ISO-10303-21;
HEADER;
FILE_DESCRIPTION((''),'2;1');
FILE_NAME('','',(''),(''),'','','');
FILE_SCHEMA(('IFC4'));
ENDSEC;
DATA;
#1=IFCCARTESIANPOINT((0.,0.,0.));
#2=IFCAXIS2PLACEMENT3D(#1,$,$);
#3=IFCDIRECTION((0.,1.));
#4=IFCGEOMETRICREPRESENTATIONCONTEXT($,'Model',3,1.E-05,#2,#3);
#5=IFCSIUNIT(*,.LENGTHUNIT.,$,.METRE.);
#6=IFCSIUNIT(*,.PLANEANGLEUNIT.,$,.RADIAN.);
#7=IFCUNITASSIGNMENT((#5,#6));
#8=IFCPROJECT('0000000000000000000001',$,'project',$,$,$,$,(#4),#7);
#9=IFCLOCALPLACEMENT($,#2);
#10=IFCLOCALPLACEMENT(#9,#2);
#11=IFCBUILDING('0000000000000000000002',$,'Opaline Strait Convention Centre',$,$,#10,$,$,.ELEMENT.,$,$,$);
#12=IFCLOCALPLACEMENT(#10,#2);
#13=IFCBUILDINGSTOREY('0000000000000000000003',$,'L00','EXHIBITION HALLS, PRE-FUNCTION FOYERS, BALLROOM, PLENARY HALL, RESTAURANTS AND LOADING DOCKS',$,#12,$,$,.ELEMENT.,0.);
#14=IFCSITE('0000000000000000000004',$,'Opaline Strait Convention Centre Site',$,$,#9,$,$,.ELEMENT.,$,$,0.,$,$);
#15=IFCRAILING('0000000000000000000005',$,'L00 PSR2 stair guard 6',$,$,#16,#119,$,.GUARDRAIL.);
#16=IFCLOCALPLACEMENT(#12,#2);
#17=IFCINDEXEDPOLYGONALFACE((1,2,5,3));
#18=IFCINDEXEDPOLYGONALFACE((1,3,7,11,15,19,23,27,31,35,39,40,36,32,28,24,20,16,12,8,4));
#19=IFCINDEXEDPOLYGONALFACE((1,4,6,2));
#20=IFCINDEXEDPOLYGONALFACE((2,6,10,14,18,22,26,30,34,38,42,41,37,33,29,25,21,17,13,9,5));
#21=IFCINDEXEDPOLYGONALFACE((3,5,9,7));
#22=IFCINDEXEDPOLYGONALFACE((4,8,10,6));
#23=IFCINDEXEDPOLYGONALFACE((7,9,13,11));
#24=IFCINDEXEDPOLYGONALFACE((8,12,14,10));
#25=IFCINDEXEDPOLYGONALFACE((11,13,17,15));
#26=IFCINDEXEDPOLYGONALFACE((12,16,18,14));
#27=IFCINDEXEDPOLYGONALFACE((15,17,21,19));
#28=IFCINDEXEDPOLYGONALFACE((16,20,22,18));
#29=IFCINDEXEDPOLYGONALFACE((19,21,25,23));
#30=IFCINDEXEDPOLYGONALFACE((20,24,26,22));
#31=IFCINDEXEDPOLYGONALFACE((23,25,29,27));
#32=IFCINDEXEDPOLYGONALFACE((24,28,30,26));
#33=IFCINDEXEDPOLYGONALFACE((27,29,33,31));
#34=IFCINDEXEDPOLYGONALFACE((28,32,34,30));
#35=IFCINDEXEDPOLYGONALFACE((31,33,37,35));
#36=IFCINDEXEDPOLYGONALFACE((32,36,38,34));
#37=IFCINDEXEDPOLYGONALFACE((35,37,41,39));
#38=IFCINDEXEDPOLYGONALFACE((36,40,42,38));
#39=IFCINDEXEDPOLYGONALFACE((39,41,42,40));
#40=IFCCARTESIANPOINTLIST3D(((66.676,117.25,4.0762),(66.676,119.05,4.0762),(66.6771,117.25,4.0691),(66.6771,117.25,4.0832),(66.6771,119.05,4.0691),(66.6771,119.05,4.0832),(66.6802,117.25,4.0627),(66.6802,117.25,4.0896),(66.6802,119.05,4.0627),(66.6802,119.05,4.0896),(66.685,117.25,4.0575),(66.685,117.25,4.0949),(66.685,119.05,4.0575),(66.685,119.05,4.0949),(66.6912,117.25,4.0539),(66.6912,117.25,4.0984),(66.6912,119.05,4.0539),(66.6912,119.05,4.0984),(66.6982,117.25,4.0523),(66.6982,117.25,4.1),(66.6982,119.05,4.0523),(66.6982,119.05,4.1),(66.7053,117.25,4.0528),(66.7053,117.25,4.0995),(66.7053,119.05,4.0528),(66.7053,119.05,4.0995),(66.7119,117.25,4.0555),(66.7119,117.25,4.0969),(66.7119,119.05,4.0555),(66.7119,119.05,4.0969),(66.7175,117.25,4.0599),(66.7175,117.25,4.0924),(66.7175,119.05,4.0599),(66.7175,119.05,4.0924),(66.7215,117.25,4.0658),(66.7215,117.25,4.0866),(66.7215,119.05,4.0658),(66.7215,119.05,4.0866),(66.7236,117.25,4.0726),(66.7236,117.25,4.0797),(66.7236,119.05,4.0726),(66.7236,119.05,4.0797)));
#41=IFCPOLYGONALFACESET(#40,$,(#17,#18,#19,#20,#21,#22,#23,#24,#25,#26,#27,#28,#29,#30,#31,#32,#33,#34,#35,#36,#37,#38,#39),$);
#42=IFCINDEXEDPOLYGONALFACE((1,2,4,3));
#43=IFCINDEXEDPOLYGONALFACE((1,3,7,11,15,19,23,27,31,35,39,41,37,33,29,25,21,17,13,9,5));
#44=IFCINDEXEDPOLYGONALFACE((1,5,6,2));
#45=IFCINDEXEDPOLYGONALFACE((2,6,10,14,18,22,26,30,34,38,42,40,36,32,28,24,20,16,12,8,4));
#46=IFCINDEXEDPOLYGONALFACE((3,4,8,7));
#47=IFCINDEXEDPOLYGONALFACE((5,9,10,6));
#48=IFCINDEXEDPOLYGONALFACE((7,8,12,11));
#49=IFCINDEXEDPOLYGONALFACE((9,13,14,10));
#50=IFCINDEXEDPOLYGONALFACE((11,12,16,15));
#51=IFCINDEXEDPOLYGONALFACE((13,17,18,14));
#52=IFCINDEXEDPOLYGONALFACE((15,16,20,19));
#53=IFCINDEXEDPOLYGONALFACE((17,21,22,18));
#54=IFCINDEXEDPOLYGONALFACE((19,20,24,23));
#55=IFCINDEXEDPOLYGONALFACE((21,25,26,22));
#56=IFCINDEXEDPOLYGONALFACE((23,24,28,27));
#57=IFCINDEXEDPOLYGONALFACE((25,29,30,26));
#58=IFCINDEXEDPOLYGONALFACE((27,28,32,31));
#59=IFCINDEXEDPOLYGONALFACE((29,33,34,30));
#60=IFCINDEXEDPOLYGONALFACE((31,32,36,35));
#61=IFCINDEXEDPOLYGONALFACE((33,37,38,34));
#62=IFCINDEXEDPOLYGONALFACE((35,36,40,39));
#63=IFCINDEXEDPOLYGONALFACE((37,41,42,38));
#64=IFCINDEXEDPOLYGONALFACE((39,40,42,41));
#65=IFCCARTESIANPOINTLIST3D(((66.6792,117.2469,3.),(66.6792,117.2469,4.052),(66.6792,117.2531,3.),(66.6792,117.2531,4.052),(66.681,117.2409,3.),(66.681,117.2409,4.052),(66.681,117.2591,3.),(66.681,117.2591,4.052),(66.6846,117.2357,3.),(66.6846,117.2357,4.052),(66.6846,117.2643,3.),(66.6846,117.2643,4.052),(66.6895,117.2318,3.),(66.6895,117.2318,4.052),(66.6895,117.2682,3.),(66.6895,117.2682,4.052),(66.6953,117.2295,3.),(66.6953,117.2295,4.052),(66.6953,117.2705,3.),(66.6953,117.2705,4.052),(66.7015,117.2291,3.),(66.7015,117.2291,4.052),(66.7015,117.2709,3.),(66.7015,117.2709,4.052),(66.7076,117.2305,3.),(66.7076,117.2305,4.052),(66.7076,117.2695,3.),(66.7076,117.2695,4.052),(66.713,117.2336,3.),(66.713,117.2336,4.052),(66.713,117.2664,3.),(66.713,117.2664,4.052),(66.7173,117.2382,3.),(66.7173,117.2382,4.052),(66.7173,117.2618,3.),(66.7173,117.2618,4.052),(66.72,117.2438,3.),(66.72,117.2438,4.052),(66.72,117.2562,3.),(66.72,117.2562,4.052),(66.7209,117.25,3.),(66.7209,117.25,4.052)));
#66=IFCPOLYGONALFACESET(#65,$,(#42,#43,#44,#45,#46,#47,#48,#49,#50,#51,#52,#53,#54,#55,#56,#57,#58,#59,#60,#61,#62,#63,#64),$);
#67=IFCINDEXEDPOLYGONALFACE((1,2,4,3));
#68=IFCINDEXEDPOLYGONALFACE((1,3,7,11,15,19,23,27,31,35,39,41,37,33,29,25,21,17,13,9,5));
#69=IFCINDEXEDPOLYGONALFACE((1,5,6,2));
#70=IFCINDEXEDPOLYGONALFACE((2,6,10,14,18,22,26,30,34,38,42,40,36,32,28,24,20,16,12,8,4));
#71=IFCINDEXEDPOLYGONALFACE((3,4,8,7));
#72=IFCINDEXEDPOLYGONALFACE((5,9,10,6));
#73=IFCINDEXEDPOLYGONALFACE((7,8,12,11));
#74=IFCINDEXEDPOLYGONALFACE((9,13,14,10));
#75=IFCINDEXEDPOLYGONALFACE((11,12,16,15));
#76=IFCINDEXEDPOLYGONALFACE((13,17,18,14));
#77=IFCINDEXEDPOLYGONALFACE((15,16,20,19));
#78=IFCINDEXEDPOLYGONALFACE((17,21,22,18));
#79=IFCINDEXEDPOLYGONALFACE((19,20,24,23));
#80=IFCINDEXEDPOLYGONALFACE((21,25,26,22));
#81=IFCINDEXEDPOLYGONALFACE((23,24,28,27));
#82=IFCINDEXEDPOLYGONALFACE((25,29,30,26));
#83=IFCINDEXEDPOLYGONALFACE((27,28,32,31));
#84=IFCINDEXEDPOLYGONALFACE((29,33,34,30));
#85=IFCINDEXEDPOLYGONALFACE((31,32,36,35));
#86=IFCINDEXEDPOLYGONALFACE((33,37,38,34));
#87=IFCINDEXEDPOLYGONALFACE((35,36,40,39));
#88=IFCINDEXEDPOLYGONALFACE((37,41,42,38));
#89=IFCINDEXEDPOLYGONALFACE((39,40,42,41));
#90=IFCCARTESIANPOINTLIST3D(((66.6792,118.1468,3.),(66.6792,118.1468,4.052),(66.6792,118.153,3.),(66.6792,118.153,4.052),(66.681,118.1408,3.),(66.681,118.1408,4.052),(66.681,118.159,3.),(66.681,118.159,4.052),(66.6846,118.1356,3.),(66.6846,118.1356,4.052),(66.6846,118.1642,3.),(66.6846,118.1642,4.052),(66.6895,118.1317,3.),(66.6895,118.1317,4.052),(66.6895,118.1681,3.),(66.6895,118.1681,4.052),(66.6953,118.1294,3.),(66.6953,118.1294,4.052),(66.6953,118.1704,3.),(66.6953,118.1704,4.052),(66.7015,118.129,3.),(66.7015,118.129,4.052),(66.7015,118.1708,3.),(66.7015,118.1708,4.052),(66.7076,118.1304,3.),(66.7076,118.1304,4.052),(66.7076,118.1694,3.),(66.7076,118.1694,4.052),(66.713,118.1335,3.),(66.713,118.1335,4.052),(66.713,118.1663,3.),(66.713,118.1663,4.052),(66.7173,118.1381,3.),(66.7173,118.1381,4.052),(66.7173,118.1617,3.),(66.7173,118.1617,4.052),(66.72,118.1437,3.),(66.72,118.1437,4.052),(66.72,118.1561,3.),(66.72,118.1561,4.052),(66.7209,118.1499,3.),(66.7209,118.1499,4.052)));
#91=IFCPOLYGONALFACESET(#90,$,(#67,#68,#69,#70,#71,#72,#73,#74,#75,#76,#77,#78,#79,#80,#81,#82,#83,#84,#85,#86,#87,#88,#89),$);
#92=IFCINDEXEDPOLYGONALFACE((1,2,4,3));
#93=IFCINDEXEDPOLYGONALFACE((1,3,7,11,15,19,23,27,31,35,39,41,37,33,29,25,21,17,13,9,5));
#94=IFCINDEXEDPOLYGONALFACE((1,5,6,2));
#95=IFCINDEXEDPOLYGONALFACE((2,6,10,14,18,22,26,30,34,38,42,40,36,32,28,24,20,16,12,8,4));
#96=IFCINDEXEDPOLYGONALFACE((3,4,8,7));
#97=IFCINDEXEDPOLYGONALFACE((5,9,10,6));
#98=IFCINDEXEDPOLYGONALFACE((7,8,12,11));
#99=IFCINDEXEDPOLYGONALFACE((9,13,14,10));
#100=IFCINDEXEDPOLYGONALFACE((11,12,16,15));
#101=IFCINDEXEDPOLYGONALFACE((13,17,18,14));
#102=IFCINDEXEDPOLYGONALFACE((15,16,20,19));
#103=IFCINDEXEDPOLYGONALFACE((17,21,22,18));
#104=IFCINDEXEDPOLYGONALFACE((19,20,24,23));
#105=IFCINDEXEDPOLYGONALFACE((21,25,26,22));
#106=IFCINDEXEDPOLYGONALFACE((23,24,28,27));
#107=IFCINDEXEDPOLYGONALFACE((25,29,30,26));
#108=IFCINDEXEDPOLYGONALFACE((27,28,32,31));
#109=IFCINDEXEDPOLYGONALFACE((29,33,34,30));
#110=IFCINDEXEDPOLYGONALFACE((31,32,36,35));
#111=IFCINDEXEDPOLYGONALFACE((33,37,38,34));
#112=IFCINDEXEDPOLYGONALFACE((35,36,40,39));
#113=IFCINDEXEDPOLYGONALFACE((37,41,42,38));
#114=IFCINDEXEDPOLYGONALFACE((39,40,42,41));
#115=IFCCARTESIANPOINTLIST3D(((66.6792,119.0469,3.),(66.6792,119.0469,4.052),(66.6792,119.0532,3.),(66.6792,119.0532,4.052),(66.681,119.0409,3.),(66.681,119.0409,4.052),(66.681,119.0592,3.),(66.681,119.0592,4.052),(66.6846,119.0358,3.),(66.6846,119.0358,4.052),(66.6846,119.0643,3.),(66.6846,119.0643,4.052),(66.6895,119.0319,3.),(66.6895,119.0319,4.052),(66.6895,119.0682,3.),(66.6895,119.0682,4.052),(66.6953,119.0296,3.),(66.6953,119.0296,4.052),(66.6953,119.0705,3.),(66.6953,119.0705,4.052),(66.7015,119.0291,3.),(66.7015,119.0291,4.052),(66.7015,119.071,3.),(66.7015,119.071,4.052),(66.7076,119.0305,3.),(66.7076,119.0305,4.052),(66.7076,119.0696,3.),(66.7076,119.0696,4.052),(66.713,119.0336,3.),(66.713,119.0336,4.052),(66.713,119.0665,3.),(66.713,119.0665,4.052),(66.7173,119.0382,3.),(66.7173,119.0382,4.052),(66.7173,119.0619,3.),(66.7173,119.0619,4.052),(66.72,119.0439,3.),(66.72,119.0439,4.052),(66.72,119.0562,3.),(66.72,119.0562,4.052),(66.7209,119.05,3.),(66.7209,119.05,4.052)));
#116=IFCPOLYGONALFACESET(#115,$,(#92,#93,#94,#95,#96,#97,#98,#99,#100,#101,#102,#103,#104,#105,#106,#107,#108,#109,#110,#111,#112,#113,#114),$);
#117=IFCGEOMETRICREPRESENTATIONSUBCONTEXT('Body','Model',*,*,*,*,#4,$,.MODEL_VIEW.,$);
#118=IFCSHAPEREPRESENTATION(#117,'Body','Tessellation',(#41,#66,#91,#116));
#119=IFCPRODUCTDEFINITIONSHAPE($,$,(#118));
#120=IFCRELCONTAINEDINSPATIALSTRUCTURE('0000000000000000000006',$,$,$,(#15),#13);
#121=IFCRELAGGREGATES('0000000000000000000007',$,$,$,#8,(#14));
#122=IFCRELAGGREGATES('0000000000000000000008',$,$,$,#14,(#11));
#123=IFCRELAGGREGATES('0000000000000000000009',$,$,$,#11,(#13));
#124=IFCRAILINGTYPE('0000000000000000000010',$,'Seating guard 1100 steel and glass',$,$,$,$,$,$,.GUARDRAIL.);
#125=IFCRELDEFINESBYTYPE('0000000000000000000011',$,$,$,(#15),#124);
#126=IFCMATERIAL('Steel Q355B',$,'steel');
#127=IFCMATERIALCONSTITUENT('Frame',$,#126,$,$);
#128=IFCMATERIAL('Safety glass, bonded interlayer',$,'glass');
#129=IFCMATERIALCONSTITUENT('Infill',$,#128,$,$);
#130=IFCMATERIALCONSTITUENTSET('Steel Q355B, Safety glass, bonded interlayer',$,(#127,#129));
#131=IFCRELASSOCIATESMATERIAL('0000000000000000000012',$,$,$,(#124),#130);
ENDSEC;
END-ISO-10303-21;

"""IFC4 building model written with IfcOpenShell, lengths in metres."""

from ifc_helpers import new_model, si_unit, direction, frame, origin, origin_2d, place, context, subcontext, project, spatial, circle, extrude, material, constituent, constituent_set, type_object, element, save


model = new_model("IFC4")

# Units and contexts
model_context = context("Model", 3, precision=1e-05, world=origin(), true_north=direction((0.0, 1.0)))
body_context = subcontext(model_context, "Body", "Model", "MODEL_VIEW")
ifc_project = project(units=[si_unit("LENGTHUNIT", "METRE"), si_unit("PLANEANGLEUNIT", "RADIAN")], contexts=[model_context])

# Site, building, storey
site_placement = place(None, origin())
site = spatial("IfcSite", under=ifc_project, at=site_placement, Name="Opaline Strait Convention Centre Site", CompositionType="ELEMENT", RefElevation=0.0)
building_placement = place(site_placement, origin())
building = spatial("IfcBuilding", under=site, at=building_placement, Name="Opaline Strait Convention Centre", CompositionType="ELEMENT")
storey_placement = place(building_placement, origin())
storey = spatial("IfcBuildingStorey", under=building, at=storey_placement, Name="L00", Description="EXHIBITION HALLS, PRE-FUNCTION FOYERS, BALLROOM, PLENARY HALL, RESTAURANTS AND LOADING DOCKS", CompositionType="ELEMENT", Elevation=0.0)

# Railing
ifc_material_1 = material(Name="Steel Q355B", Category="steel")
ifc_constituent_1 = constituent(ifc_material_1, Name="Frame")
ifc_material_2 = material(Name="Safety glass, bonded interlayer", Category="glass")
ifc_constituent_2 = constituent(ifc_material_2, Name="Infill")
ifc_constituent_set = constituent_set(constituents=[ifc_constituent_1, ifc_constituent_2], Name="Steel Q355B, Safety glass, bonded interlayer")
railing_type = type_object("IfcRailingType", Name="Seating guard 1100 steel and glass", PredefinedType="GUARDRAIL", material=ifc_constituent_set)
for number, where, name in (
    (1, (66.7, 117.25, 3.0), "L00 PSR2 stair guard 6"),
):
    element("IfcRailing", number, at=place(storey_placement, frame(where)), inside=storey, type_object=railing_type, Name=name, PredefinedType="GUARDRAIL", context=body_context, shape_type="SweptSolid", body=[
        extrude(circle(Radius=0.0239, at=origin_2d()), frame((0.0, 0.0, 1.0762), z_axis=(0.0, 1.0, 0.0), x_axis=(-1.0, 0.0, 0.0)), (0.0, 0.0, 1.0), 1.8),
        extrude(circle(Radius=0.021, at=origin_2d()), origin(), (0.0, 0.0, 1.0), 1.052),
        extrude(circle(Radius=0.021, at=origin_2d()), frame((0.0, 0.8999, 0.0)), (0.0, 0.0, 1.0), 1.052),
        extrude(circle(Radius=0.021, at=origin_2d()), frame((0.0, 1.8, 0.0)), (0.0, 0.0, 1.0), 1.052),
    ])

save(model, "model.ifc")
